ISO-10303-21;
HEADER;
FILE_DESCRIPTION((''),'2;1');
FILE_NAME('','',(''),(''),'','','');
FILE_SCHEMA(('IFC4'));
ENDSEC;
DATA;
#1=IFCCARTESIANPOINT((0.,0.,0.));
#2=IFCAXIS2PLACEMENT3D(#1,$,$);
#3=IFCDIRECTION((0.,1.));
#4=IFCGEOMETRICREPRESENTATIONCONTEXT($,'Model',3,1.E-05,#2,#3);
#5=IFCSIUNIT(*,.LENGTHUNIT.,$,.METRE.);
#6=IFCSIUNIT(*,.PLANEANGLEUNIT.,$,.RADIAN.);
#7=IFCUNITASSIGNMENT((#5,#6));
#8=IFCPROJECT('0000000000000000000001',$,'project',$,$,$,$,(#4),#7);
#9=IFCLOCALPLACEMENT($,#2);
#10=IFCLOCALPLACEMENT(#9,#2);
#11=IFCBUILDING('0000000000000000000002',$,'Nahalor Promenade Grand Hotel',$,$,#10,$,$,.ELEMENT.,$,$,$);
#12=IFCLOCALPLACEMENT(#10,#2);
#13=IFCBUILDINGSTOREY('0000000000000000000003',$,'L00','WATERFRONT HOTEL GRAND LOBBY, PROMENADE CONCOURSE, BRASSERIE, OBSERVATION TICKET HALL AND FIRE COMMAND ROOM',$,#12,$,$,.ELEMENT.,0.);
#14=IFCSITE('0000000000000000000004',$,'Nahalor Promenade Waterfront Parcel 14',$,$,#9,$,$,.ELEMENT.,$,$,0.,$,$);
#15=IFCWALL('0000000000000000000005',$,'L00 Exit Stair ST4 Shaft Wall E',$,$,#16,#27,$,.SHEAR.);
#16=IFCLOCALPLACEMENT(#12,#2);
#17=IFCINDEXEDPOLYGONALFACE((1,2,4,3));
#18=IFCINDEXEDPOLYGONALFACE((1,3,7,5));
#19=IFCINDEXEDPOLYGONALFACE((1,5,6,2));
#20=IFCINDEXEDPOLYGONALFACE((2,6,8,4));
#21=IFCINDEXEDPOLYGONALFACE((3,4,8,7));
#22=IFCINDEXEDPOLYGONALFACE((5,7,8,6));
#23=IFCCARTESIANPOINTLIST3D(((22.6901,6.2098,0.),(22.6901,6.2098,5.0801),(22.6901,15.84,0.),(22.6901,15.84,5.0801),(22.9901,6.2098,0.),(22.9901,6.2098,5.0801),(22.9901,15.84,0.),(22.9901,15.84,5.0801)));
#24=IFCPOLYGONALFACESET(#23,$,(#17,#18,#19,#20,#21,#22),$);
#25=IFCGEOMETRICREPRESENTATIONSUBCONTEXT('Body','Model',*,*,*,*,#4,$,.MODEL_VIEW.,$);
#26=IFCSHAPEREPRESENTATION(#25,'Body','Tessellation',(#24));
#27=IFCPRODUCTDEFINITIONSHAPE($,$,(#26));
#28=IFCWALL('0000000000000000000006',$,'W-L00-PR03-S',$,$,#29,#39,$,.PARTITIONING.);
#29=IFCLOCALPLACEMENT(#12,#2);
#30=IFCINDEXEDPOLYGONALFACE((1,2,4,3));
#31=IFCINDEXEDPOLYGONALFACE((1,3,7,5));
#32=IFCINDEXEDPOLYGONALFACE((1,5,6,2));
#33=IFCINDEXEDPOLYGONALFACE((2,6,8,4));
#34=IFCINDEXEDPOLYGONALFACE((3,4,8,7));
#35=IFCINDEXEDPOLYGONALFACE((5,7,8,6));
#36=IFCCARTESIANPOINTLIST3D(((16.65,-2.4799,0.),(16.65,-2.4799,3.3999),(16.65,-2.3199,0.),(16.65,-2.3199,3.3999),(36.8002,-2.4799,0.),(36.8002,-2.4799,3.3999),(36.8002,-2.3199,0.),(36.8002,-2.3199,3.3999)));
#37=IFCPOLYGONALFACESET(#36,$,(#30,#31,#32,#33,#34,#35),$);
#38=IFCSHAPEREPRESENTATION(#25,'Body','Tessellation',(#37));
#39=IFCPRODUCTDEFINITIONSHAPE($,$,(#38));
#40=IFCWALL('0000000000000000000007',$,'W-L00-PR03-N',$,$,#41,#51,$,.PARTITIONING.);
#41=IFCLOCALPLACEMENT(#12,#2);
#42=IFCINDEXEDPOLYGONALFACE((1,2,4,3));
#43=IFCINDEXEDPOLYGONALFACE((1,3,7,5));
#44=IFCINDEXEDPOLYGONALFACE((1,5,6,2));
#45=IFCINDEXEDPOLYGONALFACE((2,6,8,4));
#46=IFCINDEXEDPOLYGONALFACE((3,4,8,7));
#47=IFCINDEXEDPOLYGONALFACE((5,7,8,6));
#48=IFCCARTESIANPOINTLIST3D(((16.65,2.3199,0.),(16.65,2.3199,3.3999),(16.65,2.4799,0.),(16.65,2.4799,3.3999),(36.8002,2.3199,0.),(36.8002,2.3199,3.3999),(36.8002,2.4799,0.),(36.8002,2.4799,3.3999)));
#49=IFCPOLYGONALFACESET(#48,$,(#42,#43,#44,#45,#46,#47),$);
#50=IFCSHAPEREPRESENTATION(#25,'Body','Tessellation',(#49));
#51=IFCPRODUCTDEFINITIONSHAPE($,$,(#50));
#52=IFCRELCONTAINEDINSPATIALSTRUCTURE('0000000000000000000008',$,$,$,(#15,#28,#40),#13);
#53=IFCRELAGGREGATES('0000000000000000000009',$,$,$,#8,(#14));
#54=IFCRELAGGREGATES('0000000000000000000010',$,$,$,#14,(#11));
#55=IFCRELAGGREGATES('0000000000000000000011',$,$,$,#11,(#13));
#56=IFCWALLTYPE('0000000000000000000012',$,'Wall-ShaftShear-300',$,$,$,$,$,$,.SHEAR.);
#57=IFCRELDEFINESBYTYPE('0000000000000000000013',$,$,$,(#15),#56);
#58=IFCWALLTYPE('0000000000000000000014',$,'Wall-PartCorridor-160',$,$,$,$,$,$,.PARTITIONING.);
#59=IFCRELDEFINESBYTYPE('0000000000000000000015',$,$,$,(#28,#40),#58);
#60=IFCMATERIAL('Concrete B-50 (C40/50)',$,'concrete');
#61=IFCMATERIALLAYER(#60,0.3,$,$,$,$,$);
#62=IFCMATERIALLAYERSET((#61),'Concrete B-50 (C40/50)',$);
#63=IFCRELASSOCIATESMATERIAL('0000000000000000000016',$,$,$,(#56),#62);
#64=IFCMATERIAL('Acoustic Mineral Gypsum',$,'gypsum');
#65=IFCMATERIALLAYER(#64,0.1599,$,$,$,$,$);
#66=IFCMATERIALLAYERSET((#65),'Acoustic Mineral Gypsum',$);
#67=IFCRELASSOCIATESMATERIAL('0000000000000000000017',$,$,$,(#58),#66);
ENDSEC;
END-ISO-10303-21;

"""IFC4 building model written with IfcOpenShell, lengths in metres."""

from ifc_helpers import new_model, si_unit, direction, frame, frame_2d, origin, place, context, subcontext, project, spatial, rectangle, extrude, source, transform, mapped, material, layer, layer_set, type_object, element, save


model = new_model("IFC4")

# Units and contexts
model_context = context("Model", 3, precision=1e-05, world=origin(), true_north=direction((0.0, 1.0)))
body_context = subcontext(model_context, "Body", "Model", "MODEL_VIEW")
ifc_project = project(units=[si_unit("LENGTHUNIT", "METRE"), si_unit("PLANEANGLEUNIT", "RADIAN")], contexts=[model_context])

# Site, building, storey
site_placement = place(None, origin())
site = spatial("IfcSite", under=ifc_project, at=site_placement, Name="Nahalor Promenade Waterfront Parcel 14", CompositionType="ELEMENT", RefElevation=0.0)
building_placement = place(site_placement, origin())
building = spatial("IfcBuilding", under=site, at=building_placement, Name="Nahalor Promenade Grand Hotel", CompositionType="ELEMENT")
storey_placement = place(building_placement, origin())
storey = spatial("IfcBuildingStorey", under=building, at=storey_placement, Name="L00", Description="WATERFRONT HOTEL GRAND LOBBY, PROMENADE CONCOURSE, BRASSERIE, OBSERVATION TICKET HALL AND FIRE COMMAND ROOM", CompositionType="ELEMENT", Elevation=0.0)

# Shared definitions
ifc_material_1 = material(Name="Concrete B-50 (C40/50)", Category="concrete")
ifc_layer_1 = layer(ifc_material_1, 0.3)
ifc_layer_set_1 = layer_set([ifc_layer_1], Name="Concrete B-50 (C40/50)")
wall_type_1 = type_object("IfcWallType", Name="Wall-ShaftShear-300", PredefinedType="SHEAR", material=ifc_layer_set_1)

# Wall
shared_shape_1 = source(origin(), body_context, "Body", "SweptSolid", [
    extrude(rectangle(XDim=9.6301, YDim=0.3, at=frame_2d((4.8149, 0.0))), origin(), (0.0, 0.0, 1.0), 5.0801),
])
for number, where, z_axis, x_axis, name in (
    (1, (22.8401, 6.21, 0.0), (0.0, 0.0, 1.0), (0.0, 1.0, 0.0), "L00 Exit Stair ST4 Shaft Wall E"),
):
    element("IfcWall", number, at=place(storey_placement, frame(where, z_axis=z_axis, x_axis=x_axis)), inside=storey, type_object=wall_type_1, Name=name, PredefinedType="SHEAR", context=body_context, shape_type="MappedRepresentation", body=[
        mapped(shared_shape_1, transform((0.0, 0.0, 0.0), scale=1.0)),
    ])

# Shared definitions
ifc_material_2 = material(Name="Acoustic Mineral Gypsum", Category="gypsum")
ifc_layer_2 = layer(ifc_material_2, 0.1599)
ifc_layer_set_2 = layer_set([ifc_layer_2], Name="Acoustic Mineral Gypsum")
wall_type_2 = type_object("IfcWallType", Name="Wall-PartCorridor-160", PredefinedType="PARTITIONING", material=ifc_layer_set_2)

# Walls
shared_shape_2 = source(origin(), body_context, "Body", "SweptSolid", [
    extrude(rectangle(XDim=20.1501, YDim=0.1599, at=frame_2d((10.0752, 0.0))), origin(), (0.0, 0.0, 1.0), 3.3999),
])
for number, where, z_axis, x_axis, name in (
    (2, (16.6499, -2.3999, 0.0), (0.0, 0.0, 1.0), (1.0, 0.0, 0.0), "W-L00-PR03-S"),
    (3, (16.6499, 2.3999, 0.0), (0.0, 0.0, 1.0), (1.0, 0.0, 0.0), "W-L00-PR03-N"),
):
    element("IfcWall", number, at=place(storey_placement, frame(where, z_axis=z_axis, x_axis=x_axis)), inside=storey, type_object=wall_type_2, Name=name, PredefinedType="PARTITIONING", context=body_context, shape_type="MappedRepresentation", body=[
        mapped(shared_shape_2, transform((0.0, 0.0, 0.0), scale=1.0)),
    ])

save(model, "model.ifc")
